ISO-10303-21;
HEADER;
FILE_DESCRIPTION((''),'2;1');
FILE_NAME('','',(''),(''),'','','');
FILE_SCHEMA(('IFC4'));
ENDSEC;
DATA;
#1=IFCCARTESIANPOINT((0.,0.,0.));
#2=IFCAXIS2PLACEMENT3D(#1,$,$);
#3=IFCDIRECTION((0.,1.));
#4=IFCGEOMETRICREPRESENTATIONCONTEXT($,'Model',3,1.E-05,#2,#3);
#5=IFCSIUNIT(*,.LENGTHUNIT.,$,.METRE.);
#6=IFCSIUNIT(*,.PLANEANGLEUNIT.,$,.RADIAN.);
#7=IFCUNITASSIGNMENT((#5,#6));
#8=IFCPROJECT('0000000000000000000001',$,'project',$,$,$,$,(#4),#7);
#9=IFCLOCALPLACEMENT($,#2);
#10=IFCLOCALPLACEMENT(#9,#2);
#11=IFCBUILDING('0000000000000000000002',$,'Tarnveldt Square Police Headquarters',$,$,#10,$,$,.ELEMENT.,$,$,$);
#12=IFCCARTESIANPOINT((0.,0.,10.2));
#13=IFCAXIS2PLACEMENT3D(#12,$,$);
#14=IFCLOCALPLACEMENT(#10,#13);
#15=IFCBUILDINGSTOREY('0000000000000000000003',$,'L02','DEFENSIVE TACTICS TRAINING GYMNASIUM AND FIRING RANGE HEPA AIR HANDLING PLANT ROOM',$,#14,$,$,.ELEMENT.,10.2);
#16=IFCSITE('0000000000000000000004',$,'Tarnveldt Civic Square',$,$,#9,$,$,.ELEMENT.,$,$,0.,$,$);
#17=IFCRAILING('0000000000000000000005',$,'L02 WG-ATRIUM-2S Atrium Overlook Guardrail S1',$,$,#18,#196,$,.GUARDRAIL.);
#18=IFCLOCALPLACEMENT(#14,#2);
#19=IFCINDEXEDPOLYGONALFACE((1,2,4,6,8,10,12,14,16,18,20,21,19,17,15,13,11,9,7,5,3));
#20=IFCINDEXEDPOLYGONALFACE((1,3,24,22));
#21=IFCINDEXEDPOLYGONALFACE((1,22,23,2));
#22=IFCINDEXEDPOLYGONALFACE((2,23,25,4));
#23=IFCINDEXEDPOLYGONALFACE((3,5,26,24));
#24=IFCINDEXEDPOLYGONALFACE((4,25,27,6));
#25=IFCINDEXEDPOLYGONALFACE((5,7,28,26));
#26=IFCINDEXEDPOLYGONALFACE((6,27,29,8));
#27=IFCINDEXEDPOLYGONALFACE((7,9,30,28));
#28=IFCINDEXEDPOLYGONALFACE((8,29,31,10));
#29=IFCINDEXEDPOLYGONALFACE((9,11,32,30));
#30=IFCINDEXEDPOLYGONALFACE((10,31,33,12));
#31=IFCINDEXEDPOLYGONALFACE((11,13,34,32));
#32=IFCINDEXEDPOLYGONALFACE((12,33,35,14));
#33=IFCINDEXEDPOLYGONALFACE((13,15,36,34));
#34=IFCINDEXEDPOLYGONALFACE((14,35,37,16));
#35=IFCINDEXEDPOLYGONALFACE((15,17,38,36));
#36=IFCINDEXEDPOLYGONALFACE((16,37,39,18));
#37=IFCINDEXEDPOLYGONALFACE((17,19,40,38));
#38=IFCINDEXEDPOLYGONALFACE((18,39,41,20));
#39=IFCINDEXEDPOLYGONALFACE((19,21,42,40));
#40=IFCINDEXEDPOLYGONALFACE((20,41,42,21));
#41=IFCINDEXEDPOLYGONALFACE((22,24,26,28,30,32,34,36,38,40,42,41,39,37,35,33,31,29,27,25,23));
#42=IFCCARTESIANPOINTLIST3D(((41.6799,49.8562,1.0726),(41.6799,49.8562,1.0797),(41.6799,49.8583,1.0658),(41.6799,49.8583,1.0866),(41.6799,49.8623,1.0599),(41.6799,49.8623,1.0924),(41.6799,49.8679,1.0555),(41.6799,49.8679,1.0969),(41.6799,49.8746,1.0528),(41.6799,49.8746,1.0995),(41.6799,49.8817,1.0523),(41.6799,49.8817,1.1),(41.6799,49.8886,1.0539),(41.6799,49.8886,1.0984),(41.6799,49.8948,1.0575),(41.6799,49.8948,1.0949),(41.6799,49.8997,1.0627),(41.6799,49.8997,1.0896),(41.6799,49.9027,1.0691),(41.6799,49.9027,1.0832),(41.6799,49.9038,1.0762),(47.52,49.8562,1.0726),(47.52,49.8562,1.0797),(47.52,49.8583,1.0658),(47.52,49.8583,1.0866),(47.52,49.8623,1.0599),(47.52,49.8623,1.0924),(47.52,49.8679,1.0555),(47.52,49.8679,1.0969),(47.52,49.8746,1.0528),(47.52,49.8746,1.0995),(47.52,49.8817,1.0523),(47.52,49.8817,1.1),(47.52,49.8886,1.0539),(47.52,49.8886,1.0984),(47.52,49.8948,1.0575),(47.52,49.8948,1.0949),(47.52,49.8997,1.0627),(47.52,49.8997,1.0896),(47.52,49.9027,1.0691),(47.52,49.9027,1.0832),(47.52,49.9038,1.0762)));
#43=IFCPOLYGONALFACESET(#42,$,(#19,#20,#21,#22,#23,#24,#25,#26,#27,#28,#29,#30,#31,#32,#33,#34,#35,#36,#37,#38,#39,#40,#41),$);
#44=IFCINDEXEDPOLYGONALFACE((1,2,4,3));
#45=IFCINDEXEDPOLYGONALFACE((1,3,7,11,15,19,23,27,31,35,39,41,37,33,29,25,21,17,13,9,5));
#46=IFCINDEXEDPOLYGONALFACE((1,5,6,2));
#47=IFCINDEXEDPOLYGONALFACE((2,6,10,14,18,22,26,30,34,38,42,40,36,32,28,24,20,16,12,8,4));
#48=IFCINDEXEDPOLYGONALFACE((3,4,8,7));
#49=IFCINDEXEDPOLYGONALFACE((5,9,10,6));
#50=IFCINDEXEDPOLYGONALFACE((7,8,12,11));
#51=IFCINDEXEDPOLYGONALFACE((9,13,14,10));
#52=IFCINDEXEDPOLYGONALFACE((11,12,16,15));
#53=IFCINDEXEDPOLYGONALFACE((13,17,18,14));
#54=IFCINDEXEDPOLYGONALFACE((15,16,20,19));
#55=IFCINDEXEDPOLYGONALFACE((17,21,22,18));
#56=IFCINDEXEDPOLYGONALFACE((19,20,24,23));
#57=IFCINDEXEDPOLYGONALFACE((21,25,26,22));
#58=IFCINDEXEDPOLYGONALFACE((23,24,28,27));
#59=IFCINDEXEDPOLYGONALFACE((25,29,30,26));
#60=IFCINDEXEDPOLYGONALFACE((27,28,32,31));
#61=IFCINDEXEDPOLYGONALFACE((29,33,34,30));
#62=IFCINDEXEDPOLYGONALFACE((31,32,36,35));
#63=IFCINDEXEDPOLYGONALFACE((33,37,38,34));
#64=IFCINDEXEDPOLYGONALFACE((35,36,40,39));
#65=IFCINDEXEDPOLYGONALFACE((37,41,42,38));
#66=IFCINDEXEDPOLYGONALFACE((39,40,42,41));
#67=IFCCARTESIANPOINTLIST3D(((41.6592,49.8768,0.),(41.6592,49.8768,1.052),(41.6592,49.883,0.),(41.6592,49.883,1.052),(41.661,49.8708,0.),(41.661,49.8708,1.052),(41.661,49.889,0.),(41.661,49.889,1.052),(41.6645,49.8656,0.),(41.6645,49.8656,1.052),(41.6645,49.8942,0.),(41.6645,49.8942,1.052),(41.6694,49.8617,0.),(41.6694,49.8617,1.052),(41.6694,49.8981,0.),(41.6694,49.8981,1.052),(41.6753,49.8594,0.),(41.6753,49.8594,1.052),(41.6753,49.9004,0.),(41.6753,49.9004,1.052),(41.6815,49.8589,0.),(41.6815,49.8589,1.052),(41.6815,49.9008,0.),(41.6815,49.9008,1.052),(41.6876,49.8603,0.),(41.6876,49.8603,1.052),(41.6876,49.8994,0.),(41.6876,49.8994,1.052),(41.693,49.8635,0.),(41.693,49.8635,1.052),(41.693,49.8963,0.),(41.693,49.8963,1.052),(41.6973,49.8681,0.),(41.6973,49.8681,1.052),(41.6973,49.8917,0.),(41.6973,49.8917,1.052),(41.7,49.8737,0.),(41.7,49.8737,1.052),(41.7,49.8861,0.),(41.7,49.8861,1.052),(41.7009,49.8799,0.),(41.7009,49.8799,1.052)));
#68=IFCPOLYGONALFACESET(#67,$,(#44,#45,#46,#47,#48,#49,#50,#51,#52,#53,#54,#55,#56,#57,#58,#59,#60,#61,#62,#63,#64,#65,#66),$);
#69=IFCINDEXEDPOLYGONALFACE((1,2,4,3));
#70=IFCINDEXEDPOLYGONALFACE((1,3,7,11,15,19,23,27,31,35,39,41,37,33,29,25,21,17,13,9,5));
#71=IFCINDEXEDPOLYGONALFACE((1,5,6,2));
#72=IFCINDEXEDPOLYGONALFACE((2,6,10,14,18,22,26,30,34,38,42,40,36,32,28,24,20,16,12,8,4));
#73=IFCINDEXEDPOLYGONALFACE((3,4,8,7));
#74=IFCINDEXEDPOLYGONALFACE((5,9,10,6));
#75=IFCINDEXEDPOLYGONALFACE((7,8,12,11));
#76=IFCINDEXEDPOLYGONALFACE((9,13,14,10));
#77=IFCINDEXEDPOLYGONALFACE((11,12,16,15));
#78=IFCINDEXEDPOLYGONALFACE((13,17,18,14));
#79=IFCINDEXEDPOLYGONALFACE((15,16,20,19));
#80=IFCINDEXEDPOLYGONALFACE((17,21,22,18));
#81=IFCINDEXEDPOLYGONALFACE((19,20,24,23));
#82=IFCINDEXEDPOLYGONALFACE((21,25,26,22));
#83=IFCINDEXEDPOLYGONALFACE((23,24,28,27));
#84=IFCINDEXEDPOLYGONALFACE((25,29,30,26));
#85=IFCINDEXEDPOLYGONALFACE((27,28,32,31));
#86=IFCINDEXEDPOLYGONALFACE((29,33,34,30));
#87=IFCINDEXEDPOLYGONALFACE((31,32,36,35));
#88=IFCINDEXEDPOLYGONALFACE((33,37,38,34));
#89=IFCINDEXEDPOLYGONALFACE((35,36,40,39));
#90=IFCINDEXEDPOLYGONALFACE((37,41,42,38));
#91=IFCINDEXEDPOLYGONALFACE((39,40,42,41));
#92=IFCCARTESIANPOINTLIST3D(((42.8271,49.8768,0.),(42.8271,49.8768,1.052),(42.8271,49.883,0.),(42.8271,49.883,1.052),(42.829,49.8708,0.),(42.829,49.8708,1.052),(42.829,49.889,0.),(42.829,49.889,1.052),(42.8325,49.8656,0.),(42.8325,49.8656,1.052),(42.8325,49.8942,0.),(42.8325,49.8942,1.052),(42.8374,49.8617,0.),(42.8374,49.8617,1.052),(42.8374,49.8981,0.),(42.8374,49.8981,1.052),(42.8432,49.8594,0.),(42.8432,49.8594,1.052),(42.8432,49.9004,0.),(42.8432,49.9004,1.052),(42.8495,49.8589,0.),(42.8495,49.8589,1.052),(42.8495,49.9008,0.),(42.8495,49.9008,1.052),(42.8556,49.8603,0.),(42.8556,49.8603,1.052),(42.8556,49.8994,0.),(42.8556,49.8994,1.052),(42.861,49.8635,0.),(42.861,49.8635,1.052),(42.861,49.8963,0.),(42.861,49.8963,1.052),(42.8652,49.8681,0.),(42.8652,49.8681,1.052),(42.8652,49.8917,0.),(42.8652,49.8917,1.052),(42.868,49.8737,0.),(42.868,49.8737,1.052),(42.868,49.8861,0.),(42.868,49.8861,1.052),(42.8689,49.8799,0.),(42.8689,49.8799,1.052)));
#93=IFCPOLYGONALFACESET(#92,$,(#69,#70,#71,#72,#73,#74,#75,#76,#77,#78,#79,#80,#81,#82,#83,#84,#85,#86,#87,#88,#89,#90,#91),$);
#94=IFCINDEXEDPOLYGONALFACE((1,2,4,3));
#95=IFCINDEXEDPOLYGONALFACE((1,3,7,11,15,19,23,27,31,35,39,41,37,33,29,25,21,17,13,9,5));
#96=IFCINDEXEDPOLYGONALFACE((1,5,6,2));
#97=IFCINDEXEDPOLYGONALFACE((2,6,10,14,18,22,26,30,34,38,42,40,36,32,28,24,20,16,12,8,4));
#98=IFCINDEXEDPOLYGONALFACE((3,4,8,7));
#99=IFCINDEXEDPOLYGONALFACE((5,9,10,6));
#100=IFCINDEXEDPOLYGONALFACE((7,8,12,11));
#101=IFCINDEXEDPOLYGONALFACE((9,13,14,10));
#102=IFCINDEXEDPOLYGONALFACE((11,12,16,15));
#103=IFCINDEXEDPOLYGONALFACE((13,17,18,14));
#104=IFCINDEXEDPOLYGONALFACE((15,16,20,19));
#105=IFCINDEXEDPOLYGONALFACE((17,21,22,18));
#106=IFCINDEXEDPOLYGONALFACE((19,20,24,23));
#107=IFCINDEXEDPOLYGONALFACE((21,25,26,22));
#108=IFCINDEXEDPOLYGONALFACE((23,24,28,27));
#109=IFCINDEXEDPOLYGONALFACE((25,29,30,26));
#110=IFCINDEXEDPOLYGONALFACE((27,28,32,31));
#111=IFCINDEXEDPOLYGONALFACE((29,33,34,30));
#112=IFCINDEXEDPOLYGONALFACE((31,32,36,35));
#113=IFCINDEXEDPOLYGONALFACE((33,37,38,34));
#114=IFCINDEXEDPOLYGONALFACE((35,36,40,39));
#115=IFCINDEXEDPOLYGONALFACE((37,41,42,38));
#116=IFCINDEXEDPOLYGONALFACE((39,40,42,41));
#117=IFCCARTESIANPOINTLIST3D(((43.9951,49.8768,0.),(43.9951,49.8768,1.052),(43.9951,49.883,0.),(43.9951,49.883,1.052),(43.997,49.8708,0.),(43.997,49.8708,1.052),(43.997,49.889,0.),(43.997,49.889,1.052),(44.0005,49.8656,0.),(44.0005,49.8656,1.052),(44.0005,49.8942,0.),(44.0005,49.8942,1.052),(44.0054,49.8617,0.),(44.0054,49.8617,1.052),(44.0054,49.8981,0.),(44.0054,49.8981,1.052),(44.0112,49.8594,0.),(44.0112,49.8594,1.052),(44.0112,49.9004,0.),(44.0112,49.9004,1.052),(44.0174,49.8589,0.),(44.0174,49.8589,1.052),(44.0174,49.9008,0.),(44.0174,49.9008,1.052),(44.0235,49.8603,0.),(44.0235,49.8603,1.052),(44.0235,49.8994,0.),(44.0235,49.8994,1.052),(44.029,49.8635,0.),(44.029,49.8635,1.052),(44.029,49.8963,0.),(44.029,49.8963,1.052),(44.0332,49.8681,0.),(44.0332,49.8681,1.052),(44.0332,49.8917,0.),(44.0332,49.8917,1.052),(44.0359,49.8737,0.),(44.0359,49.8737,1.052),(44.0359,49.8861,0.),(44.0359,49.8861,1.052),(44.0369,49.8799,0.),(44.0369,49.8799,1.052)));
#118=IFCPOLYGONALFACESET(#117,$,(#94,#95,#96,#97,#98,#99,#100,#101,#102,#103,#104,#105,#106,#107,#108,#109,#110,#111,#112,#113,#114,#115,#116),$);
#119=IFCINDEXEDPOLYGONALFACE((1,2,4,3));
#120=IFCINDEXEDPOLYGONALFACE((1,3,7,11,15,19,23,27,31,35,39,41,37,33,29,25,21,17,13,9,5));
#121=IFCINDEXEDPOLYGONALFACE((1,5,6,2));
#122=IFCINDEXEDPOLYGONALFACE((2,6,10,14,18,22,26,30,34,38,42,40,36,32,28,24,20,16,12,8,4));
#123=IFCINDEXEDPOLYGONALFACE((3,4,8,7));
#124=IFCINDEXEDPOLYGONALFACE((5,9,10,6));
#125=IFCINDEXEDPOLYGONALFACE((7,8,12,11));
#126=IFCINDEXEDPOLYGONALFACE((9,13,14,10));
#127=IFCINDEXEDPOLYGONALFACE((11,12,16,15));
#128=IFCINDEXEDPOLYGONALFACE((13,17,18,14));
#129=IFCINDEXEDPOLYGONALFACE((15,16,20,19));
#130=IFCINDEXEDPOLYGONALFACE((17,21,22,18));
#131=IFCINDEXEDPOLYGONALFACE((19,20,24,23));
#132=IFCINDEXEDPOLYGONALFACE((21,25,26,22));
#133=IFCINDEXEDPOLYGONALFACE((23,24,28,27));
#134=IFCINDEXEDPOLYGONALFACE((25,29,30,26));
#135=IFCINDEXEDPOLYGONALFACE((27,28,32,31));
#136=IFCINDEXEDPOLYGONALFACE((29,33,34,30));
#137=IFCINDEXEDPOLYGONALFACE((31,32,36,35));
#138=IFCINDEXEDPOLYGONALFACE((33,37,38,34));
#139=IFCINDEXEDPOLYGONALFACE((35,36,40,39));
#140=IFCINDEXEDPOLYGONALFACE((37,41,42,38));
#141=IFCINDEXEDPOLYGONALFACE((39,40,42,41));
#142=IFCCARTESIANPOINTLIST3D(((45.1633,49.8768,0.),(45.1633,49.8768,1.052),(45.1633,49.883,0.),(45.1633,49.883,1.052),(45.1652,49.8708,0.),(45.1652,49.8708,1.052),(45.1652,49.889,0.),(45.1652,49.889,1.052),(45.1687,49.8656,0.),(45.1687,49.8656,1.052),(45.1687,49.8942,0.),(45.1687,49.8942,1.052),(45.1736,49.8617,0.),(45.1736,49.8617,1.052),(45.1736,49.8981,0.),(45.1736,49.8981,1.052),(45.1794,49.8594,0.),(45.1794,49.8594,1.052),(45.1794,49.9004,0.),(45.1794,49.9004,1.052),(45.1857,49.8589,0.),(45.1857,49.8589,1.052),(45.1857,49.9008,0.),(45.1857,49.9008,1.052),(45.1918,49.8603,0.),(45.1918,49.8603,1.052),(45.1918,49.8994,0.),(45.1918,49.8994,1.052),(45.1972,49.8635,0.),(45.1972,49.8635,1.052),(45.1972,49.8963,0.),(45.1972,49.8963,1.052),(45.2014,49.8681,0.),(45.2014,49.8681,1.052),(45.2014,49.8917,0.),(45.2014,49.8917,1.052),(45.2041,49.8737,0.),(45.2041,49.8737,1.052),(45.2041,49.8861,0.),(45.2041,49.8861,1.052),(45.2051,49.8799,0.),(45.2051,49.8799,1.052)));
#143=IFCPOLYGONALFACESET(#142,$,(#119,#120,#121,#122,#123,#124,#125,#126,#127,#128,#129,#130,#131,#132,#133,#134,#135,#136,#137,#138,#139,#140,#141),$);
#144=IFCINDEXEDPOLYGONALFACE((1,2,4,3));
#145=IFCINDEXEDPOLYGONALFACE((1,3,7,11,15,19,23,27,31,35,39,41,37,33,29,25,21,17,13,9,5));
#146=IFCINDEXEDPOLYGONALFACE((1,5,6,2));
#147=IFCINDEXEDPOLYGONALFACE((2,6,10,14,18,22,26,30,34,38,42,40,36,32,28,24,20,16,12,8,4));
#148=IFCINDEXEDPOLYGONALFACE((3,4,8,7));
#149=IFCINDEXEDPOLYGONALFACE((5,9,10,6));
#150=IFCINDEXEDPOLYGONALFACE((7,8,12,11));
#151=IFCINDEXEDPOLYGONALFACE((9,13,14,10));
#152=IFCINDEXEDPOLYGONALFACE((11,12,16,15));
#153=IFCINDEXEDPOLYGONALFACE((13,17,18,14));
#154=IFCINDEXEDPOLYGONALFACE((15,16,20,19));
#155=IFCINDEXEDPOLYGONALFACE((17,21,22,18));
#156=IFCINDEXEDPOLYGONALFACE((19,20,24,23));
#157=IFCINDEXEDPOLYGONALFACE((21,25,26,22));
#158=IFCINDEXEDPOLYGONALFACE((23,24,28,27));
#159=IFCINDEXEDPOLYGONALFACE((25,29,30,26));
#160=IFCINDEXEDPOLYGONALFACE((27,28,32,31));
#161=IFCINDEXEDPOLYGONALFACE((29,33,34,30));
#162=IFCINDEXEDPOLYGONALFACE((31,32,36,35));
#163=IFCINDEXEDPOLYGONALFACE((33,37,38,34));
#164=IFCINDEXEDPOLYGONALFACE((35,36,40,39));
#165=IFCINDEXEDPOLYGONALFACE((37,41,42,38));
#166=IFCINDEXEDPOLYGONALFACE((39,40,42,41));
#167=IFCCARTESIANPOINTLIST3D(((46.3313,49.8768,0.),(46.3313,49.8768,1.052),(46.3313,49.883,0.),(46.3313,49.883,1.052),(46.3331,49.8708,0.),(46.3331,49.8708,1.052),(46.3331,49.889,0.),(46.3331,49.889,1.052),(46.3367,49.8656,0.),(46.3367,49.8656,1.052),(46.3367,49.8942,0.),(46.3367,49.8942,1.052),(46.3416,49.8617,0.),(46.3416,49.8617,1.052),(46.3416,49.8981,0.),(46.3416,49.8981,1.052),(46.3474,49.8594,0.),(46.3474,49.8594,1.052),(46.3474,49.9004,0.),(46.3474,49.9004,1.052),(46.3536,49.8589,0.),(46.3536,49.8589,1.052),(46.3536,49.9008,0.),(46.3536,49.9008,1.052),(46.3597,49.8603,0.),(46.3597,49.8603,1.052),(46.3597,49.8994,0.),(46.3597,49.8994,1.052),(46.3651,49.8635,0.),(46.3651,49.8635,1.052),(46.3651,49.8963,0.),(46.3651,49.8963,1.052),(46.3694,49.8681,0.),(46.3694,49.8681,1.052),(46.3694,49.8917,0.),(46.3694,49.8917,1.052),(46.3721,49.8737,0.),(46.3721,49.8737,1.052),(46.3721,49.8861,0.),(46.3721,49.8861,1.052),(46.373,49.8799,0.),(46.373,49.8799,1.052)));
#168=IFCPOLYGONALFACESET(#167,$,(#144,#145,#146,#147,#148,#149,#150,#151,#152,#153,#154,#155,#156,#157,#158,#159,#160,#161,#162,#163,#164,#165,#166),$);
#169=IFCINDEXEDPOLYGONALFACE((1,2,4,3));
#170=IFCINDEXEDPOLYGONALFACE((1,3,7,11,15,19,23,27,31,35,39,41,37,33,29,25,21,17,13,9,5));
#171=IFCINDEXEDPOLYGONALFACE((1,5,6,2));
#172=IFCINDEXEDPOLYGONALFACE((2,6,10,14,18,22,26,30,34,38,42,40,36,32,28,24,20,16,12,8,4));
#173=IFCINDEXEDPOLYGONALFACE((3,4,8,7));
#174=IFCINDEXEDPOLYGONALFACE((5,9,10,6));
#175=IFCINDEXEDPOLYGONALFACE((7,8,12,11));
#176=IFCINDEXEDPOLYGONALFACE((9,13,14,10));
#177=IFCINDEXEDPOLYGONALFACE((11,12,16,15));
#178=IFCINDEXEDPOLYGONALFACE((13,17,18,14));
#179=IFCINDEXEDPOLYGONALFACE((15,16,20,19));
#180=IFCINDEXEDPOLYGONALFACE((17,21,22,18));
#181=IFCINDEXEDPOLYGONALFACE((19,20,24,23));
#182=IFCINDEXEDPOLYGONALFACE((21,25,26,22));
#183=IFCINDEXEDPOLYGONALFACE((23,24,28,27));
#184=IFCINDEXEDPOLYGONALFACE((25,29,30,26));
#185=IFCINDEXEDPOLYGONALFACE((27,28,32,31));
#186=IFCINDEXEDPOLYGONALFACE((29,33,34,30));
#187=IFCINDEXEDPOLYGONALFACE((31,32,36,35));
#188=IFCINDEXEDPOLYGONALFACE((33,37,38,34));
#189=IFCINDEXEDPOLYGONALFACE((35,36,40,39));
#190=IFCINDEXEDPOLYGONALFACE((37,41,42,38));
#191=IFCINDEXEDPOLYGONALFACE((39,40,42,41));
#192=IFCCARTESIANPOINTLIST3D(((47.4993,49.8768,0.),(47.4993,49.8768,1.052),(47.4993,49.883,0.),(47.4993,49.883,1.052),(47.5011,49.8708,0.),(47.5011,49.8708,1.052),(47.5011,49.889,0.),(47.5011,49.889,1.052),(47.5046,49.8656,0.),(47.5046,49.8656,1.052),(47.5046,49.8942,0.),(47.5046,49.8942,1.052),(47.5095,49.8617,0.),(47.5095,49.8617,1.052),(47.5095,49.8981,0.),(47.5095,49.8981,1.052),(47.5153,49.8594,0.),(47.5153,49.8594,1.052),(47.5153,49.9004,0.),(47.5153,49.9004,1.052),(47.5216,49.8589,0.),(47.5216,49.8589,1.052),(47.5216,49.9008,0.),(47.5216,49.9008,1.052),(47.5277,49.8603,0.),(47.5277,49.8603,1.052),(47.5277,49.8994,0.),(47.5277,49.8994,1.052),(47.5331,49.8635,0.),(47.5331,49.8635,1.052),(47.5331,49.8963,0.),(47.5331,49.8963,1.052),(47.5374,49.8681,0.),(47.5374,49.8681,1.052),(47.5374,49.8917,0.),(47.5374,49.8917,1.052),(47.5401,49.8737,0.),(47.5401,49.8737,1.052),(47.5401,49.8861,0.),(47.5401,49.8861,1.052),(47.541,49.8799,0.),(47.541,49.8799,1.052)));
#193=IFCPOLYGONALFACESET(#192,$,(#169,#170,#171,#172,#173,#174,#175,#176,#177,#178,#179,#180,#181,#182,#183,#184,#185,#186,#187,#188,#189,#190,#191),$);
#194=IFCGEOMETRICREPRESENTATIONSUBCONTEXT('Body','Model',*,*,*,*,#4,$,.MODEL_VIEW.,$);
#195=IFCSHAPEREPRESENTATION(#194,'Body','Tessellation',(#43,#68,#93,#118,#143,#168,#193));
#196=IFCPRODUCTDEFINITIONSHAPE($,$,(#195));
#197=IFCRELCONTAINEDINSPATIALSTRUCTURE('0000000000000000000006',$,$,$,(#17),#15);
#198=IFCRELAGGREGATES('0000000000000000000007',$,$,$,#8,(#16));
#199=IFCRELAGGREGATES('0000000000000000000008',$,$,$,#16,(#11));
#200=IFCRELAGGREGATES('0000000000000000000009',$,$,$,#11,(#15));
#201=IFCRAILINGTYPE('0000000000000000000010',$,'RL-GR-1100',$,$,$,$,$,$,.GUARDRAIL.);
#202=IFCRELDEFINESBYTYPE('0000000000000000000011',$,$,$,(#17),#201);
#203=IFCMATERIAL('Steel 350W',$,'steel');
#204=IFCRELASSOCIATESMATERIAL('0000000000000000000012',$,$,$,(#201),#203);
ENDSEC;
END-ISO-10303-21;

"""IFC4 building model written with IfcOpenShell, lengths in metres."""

from ifc_helpers import new_model, si_unit, direction, frame, origin, origin_2d, place, context, subcontext, project, spatial, circle, extrude, material, type_object, element, save


model = new_model("IFC4")

# Units and contexts
model_context = context("Model", 3, precision=1e-05, world=origin(), true_north=direction((0.0, 1.0)))
body_context = subcontext(model_context, "Body", "Model", "MODEL_VIEW")
ifc_project = project(units=[si_unit("LENGTHUNIT", "METRE"), si_unit("PLANEANGLEUNIT", "RADIAN")], contexts=[model_context])

# Site, building, storey
site_placement = place(None, origin())
site = spatial("IfcSite", under=ifc_project, at=site_placement, Name="Tarnveldt Civic Square", CompositionType="ELEMENT", RefElevation=0.0)
building_placement = place(site_placement, origin())
building = spatial("IfcBuilding", under=site, at=building_placement, Name="Tarnveldt Square Police Headquarters", CompositionType="ELEMENT")
storey_placement = place(building_placement, frame((0.0, 0.0, 10.2)))
storey = spatial("IfcBuildingStorey", under=building, at=storey_placement, Name="L02", Description="DEFENSIVE TACTICS TRAINING GYMNASIUM AND FIRING RANGE HEPA AIR HANDLING PLANT ROOM", CompositionType="ELEMENT", Elevation=10.2)

# Shared definitions
ifc_material_1 = material(Name="Steel 350W", Category="steel")

# Railing
railing_type = type_object("IfcRailingType", Name="RL-GR-1100", PredefinedType="GUARDRAIL", material=ifc_material_1)
railing_1_placement = place(storey_placement, frame((41.6799, 49.8799, 0.0)))
element("IfcRailing", 1, at=railing_1_placement, inside=storey, type_object=railing_type, Name="L02 WG-ATRIUM-2S Atrium Overlook Guardrail S1", PredefinedType="GUARDRAIL", context=body_context, shape_type="SweptSolid", body=[
    extrude(circle(Radius=0.0239, at=origin_2d()), frame((0.0, 0.0, 1.0762), z_axis=(1.0, 0.0, 0.0), x_axis=(0.0, 1.0, 0.0)), (0.0, 0.0, 1.0), 5.8401),
    extrude(circle(Radius=0.021, at=origin_2d()), origin(), (0.0, 0.0, 1.0), 1.052),
    extrude(circle(Radius=0.021, at=origin_2d()), frame((1.168, 0.0, 0.0)), (0.0, 0.0, 1.0), 1.052),
    extrude(circle(Radius=0.021, at=origin_2d()), frame((2.3359, 0.0, 0.0)), (0.0, 0.0, 1.0), 1.052),
    extrude(circle(Radius=0.021, at=origin_2d()), frame((3.5042, 0.0, 0.0)), (0.0, 0.0, 1.0), 1.052),
    extrude(circle(Radius=0.021, at=origin_2d()), frame((4.6721, 0.0, 0.0)), (0.0, 0.0, 1.0), 1.052),
    extrude(circle(Radius=0.021, at=origin_2d()), frame((5.8401, 0.0, 0.0)), (0.0, 0.0, 1.0), 1.052),
])

save(model, "model.ifc")
